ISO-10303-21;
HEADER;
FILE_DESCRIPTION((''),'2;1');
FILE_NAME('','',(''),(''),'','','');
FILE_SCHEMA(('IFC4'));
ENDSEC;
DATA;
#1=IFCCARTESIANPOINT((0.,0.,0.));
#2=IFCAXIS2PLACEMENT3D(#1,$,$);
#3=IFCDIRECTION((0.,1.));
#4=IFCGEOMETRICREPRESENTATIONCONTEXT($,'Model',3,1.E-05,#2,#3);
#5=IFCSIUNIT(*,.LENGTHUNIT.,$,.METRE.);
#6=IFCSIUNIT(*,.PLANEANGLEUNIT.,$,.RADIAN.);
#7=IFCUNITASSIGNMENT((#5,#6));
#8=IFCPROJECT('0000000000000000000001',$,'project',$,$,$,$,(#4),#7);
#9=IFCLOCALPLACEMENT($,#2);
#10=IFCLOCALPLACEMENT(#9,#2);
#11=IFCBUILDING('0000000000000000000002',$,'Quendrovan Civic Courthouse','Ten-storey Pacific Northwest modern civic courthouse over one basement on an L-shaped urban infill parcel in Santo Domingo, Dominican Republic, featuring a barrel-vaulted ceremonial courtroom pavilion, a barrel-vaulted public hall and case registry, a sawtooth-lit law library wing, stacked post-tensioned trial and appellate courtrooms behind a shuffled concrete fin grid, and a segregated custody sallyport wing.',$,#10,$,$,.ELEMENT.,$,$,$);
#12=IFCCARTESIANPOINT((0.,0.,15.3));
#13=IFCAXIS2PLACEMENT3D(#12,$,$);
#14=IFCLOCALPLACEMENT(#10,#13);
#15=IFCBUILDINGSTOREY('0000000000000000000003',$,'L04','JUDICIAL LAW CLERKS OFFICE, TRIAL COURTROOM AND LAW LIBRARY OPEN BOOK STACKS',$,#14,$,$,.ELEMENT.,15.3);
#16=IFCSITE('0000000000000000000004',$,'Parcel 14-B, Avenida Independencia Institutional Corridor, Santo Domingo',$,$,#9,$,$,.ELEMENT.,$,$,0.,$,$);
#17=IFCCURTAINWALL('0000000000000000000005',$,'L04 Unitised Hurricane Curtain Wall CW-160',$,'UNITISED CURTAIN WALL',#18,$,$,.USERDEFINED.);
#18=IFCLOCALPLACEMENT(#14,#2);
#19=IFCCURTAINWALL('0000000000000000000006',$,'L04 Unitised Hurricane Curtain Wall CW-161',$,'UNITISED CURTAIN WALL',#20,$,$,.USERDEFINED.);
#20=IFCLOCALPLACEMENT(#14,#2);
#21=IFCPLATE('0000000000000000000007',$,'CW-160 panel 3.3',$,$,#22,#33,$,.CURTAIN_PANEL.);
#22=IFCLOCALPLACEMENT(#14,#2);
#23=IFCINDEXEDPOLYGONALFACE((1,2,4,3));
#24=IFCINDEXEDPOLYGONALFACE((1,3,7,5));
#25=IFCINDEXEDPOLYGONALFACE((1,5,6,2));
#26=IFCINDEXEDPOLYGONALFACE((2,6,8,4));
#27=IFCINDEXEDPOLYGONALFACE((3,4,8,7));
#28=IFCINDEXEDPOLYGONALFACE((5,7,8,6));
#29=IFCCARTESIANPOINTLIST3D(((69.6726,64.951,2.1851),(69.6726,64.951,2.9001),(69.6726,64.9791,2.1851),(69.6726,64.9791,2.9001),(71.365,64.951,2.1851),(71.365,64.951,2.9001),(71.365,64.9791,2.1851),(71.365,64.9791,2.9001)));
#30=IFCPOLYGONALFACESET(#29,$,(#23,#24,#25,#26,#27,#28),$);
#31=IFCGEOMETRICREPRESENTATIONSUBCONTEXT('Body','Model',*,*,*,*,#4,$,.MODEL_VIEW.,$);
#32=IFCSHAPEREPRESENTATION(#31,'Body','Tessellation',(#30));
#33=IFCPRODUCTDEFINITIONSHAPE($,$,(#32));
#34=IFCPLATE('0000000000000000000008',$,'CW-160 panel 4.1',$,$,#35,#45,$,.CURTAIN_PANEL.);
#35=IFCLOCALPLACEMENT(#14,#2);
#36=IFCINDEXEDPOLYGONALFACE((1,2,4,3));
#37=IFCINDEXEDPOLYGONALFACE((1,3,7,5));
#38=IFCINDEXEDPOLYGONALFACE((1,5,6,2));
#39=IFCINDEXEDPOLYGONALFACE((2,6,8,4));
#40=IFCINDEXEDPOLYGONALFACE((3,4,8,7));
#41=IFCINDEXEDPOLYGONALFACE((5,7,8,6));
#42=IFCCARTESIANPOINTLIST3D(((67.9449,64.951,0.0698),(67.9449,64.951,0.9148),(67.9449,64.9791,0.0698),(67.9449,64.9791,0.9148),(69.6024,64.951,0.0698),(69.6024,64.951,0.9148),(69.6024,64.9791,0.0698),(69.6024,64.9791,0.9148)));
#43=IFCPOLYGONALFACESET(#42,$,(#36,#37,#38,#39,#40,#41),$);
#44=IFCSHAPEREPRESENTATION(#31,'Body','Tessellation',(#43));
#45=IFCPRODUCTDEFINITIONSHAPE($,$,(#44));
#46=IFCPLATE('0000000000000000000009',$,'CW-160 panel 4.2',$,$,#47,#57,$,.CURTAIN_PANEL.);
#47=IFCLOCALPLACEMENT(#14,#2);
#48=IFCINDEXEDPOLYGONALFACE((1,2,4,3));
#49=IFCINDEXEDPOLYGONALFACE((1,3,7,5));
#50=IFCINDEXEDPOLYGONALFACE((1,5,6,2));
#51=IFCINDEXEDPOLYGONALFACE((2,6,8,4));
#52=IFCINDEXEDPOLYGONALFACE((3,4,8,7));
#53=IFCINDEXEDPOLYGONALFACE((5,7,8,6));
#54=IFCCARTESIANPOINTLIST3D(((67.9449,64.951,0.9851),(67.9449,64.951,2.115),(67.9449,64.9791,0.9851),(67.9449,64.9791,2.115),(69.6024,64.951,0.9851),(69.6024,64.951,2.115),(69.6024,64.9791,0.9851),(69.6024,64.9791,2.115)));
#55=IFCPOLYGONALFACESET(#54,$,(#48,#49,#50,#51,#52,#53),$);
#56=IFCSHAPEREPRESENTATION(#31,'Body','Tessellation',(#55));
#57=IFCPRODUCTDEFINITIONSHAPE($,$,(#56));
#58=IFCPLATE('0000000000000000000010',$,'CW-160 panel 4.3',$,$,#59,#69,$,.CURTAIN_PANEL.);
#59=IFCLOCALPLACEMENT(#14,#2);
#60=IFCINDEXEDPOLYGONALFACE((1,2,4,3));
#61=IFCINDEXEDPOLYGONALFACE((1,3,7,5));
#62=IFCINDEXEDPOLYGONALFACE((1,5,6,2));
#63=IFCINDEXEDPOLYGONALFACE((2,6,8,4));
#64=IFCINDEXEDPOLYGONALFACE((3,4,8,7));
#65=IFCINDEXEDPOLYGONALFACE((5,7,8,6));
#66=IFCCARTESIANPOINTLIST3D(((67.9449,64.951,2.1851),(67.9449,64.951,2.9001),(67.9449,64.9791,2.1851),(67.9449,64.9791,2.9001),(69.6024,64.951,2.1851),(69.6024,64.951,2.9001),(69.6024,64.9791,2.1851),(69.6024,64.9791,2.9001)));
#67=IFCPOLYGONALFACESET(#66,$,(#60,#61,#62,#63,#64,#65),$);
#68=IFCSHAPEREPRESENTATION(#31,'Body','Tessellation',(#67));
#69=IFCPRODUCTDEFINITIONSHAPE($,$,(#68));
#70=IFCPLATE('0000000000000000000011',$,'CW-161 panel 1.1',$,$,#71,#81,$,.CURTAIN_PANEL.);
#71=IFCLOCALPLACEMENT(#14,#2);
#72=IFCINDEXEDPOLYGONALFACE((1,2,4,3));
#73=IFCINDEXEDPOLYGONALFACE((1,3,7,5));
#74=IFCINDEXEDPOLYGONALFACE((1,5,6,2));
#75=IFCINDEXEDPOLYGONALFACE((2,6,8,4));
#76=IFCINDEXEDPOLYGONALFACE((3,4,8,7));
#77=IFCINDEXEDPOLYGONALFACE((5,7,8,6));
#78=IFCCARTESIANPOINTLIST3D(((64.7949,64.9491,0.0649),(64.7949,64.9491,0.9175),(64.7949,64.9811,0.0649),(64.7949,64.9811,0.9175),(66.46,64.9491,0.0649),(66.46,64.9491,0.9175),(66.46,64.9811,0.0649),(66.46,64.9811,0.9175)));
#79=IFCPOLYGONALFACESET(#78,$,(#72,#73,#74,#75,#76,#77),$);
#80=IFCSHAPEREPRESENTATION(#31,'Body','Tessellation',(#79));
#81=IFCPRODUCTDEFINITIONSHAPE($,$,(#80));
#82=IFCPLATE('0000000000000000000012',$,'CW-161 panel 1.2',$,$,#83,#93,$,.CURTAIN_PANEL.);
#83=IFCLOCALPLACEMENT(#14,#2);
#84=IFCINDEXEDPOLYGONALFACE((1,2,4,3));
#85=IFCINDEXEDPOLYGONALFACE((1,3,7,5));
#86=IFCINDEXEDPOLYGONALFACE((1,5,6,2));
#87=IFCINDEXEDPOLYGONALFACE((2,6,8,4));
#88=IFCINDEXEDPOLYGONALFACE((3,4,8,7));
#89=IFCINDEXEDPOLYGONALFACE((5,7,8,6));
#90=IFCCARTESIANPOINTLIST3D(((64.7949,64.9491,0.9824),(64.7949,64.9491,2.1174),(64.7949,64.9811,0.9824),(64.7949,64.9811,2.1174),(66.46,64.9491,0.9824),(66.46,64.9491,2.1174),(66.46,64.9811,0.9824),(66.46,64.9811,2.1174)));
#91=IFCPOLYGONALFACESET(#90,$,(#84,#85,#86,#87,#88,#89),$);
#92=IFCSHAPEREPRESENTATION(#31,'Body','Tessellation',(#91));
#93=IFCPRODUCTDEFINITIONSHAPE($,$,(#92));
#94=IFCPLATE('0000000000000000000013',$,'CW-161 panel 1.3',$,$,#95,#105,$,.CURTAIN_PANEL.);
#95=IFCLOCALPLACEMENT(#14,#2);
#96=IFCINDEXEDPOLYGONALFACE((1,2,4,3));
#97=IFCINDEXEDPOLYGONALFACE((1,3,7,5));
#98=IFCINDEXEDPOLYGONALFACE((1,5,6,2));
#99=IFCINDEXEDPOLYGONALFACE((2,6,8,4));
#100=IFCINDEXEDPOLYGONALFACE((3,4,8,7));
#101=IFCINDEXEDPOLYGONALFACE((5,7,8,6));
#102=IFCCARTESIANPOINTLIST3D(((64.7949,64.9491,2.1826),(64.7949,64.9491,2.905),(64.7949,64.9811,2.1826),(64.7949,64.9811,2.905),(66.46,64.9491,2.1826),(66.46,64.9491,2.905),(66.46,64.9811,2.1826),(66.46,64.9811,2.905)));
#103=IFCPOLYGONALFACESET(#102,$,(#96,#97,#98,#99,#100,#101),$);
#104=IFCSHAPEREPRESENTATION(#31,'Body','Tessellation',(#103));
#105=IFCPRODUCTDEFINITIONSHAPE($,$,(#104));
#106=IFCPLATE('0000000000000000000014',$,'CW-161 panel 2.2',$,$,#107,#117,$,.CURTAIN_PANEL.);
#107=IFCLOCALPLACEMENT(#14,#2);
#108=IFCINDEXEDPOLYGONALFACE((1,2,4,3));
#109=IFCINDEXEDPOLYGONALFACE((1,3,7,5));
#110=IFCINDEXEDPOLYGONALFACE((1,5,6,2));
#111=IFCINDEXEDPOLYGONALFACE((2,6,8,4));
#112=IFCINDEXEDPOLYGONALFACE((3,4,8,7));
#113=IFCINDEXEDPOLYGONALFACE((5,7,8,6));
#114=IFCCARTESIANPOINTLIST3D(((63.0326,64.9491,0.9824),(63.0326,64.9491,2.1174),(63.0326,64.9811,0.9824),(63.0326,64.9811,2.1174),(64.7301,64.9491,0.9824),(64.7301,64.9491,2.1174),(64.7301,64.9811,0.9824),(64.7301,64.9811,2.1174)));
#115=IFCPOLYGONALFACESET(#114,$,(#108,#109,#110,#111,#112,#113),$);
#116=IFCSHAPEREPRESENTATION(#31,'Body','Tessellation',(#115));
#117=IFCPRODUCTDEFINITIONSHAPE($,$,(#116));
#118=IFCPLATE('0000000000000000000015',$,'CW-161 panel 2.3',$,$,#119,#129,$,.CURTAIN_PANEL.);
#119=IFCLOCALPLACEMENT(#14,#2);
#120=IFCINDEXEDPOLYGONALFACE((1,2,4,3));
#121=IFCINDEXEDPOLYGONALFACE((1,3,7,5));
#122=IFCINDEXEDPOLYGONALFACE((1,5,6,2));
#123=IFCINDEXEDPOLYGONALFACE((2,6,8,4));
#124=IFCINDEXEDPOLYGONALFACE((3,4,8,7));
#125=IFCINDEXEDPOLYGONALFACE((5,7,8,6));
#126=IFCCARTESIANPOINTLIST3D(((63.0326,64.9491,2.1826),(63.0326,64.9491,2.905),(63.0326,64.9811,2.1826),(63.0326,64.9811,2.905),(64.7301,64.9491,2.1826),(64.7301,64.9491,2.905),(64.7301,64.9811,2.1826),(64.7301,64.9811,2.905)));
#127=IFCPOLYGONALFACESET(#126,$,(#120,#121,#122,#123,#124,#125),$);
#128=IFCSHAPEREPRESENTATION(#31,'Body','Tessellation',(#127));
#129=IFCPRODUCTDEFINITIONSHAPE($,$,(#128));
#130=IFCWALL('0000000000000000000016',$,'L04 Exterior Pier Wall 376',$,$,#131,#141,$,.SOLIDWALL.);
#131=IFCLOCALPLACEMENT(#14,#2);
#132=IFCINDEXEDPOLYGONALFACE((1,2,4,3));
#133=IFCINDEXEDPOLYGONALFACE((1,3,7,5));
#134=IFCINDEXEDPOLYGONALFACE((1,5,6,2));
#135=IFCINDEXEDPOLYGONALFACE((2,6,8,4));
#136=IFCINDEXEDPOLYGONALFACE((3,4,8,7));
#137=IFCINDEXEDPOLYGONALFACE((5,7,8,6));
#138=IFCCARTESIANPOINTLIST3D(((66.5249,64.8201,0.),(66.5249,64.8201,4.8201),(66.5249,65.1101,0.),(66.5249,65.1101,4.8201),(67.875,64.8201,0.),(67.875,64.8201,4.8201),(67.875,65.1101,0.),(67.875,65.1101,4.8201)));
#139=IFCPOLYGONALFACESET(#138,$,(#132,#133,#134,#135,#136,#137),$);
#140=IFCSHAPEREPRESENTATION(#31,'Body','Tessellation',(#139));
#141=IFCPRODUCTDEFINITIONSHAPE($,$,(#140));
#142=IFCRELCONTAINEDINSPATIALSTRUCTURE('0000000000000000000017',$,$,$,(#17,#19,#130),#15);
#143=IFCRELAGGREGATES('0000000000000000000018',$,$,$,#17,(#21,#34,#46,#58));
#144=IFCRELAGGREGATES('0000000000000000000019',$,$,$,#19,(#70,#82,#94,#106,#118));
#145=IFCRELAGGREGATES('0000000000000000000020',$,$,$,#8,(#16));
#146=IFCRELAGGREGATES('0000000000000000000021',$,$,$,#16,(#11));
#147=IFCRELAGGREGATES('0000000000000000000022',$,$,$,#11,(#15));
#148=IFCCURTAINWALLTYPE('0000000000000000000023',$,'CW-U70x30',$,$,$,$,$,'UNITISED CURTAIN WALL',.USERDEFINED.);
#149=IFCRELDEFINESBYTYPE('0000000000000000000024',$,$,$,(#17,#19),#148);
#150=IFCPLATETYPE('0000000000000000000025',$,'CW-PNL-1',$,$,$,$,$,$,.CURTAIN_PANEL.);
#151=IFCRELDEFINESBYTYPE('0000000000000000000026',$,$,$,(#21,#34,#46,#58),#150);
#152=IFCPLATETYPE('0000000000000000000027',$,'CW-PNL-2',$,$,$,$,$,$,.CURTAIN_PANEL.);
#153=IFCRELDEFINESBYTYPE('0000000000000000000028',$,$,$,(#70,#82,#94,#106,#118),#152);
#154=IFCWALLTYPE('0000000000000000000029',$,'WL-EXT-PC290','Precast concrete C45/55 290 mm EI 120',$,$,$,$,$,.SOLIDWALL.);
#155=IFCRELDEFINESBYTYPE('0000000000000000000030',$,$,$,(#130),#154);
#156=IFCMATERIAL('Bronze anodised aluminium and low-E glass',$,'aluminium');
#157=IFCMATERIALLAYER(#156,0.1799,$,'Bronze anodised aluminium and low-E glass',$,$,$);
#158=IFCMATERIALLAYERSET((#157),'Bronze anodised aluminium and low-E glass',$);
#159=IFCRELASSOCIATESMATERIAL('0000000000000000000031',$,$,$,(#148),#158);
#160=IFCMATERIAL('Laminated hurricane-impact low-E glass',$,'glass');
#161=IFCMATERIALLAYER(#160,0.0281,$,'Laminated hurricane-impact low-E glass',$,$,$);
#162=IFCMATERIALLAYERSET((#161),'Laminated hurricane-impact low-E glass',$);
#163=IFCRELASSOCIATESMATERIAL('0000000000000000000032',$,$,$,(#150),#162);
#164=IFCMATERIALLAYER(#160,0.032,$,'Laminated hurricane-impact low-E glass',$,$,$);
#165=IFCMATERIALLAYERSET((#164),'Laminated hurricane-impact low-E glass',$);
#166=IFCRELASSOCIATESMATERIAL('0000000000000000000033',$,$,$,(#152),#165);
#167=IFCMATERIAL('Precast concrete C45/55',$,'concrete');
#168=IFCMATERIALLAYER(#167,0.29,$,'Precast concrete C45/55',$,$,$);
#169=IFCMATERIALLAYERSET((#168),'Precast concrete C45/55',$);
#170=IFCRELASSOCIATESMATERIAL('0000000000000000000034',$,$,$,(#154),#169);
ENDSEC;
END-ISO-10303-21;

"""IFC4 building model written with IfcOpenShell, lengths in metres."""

from ifc_helpers import new_model, si_unit, direction, frame, frame_2d, origin, origin_2d, place, context, subcontext, project, spatial, rectangle, extrude, material, layer, layer_set, type_object, element, aggregate, save


model = new_model("IFC4")

# Units and contexts
model_context = context("Model", 3, precision=1e-05, world=origin(), true_north=direction((0.0, 1.0)))
body_context = subcontext(model_context, "Body", "Model", "MODEL_VIEW")
ifc_project = project(units=[si_unit("LENGTHUNIT", "METRE"), si_unit("PLANEANGLEUNIT", "RADIAN")], contexts=[model_context])

# Site, building, storey
site_placement = place(None, origin())
site = spatial("IfcSite", under=ifc_project, at=site_placement, Name="Parcel 14-B, Avenida Independencia Institutional Corridor, Santo Domingo", CompositionType="ELEMENT", RefElevation=0.0)
building_placement = place(site_placement, origin())
building = spatial("IfcBuilding", under=site, at=building_placement, Name="Quendrovan Civic Courthouse", Description="Ten-storey Pacific Northwest modern civic courthouse over one basement on an L-shaped urban infill parcel in Santo Domingo, Dominican Republic, featuring a barrel-vaulted ceremonial courtroom pavilion, a barrel-vaulted public hall and case registry, a sawtooth-lit law library wing, stacked post-tensioned trial and appellate courtrooms behind a shuffled concrete fin grid, and a segregated custody sallyport wing.", CompositionType="ELEMENT")
storey_placement = place(building_placement, frame((0.0, 0.0, 15.3)))
storey = spatial("IfcBuildingStorey", under=building, at=storey_placement, Name="L04", Description="JUDICIAL LAW CLERKS OFFICE, TRIAL COURTROOM AND LAW LIBRARY OPEN BOOK STACKS", CompositionType="ELEMENT", Elevation=15.3)

# Curtain walls
ifc_material_1 = material(Name="Bronze anodised aluminium and low-E glass", Category="aluminium")
ifc_layer_1 = layer(ifc_material_1, 0.1799, Name="Bronze anodised aluminium and low-E glass")
ifc_layer_set_1 = layer_set([ifc_layer_1], Name="Bronze anodised aluminium and low-E glass")
curtain_wall_type = type_object("IfcCurtainWallType", Name="CW-U70x30", ElementType="UNITISED CURTAIN WALL", PredefinedType="USERDEFINED", material=ifc_layer_set_1)
curtain_wall_1_placement = place(storey_placement, origin())
curtain_wall_1 = element("IfcCurtainWall", 1, at=curtain_wall_1_placement, inside=storey, type_object=curtain_wall_type, Name="L04 Unitised Hurricane Curtain Wall CW-160", ObjectType="UNITISED CURTAIN WALL", PredefinedType="USERDEFINED")
curtain_wall_2_placement = place(storey_placement, origin())
curtain_wall_2 = element("IfcCurtainWall", 2, at=curtain_wall_2_placement, inside=storey, type_object=curtain_wall_type, Name="L04 Unitised Hurricane Curtain Wall CW-161", ObjectType="UNITISED CURTAIN WALL", PredefinedType="USERDEFINED")

# Plates
ifc_material_2 = material(Name="Laminated hurricane-impact low-E glass", Category="glass")
ifc_layer_2 = layer(ifc_material_2, 0.0281, Name="Laminated hurricane-impact low-E glass")
ifc_layer_set_2 = layer_set([ifc_layer_2], Name="Laminated hurricane-impact low-E glass")
plate_type_1 = type_object("IfcPlateType", Name="CW-PNL-1", PredefinedType="CURTAIN_PANEL", material=ifc_layer_set_2)
plate_1_placement = place(storey_placement, frame((70.5188, 64.9651, 2.1851), z_axis=(0.0, 0.0, 1.0), x_axis=(-1.0, 0.0, 0.0)))
plate_1 = element("IfcPlate", 3, at=plate_1_placement, type_object=plate_type_1, Name="CW-160 panel 3.3", PredefinedType="CURTAIN_PANEL", context=body_context, shape_type="SweptSolid", body=[
    extrude(rectangle(XDim=1.6924, YDim=0.0281, at=origin_2d()), origin(), (0.0, 0.0, 1.0), 0.7151),
])
plate_2_placement = place(storey_placement, frame((68.7737, 64.9651, 0.0698), z_axis=(0.0, 0.0, 1.0), x_axis=(-1.0, 0.0, 0.0)))
plate_2 = element("IfcPlate", 4, at=plate_2_placement, type_object=plate_type_1, Name="CW-160 panel 4.1", PredefinedType="CURTAIN_PANEL", context=body_context, shape_type="SweptSolid", body=[
    extrude(rectangle(XDim=1.6575, YDim=0.0281, at=origin_2d()), origin(), (0.0, 0.0, 1.0), 0.845),
])
plate_3_placement = place(storey_placement, frame((68.7737, 64.9651, 0.9851), z_axis=(0.0, 0.0, 1.0), x_axis=(-1.0, 0.0, 0.0)))
plate_3 = element("IfcPlate", 5, at=plate_3_placement, type_object=plate_type_1, Name="CW-160 panel 4.2", PredefinedType="CURTAIN_PANEL", context=body_context, shape_type="SweptSolid", body=[
    extrude(rectangle(XDim=1.6575, YDim=0.0281, at=origin_2d()), origin(), (0.0, 0.0, 1.0), 1.1299),
])
plate_4_placement = place(storey_placement, frame((68.7737, 64.9651, 2.1851), z_axis=(0.0, 0.0, 1.0), x_axis=(-1.0, 0.0, 0.0)))
plate_4 = element("IfcPlate", 6, at=plate_4_placement, type_object=plate_type_1, Name="CW-160 panel 4.3", PredefinedType="CURTAIN_PANEL", context=body_context, shape_type="SweptSolid", body=[
    extrude(rectangle(XDim=1.6575, YDim=0.0281, at=origin_2d()), origin(), (0.0, 0.0, 1.0), 0.7151),
])
aggregate(curtain_wall_1, [plate_1, plate_2, plate_3, plate_4])
ifc_layer_3 = layer(ifc_material_2, 0.032, Name="Laminated hurricane-impact low-E glass")
ifc_layer_set_3 = layer_set([ifc_layer_3], Name="Laminated hurricane-impact low-E glass")
plate_type_2 = type_object("IfcPlateType", Name="CW-PNL-2", PredefinedType="CURTAIN_PANEL", material=ifc_layer_set_3)
plate_5_placement = place(storey_placement, frame((65.6274, 64.9651, 0.0649), z_axis=(0.0, 0.0, 1.0), x_axis=(-1.0, 0.0, 0.0)))
plate_5 = element("IfcPlate", 7, at=plate_5_placement, type_object=plate_type_2, Name="CW-161 panel 1.1", PredefinedType="CURTAIN_PANEL", context=body_context, shape_type="SweptSolid", body=[
    extrude(rectangle(XDim=1.665, YDim=0.032, at=origin_2d()), origin(), (0.0, 0.0, 1.0), 0.8525),
])
plate_6_placement = place(storey_placement, frame((65.6274, 64.9651, 0.9824), z_axis=(0.0, 0.0, 1.0), x_axis=(-1.0, 0.0, 0.0)))
plate_6 = element("IfcPlate", 8, at=plate_6_placement, type_object=plate_type_2, Name="CW-161 panel 1.2", PredefinedType="CURTAIN_PANEL", context=body_context, shape_type="SweptSolid", body=[
    extrude(rectangle(XDim=1.665, YDim=0.032, at=origin_2d()), origin(), (0.0, 0.0, 1.0), 1.135),
])
plate_7_placement = place(storey_placement, frame((65.6274, 64.9651, 2.1826), z_axis=(0.0, 0.0, 1.0), x_axis=(-1.0, 0.0, 0.0)))
plate_7 = element("IfcPlate", 9, at=plate_7_placement, type_object=plate_type_2, Name="CW-161 panel 1.3", PredefinedType="CURTAIN_PANEL", context=body_context, shape_type="SweptSolid", body=[
    extrude(rectangle(XDim=1.665, YDim=0.032, at=origin_2d()), origin(), (0.0, 0.0, 1.0), 0.7224),
])
plate_8_placement = place(storey_placement, frame((63.8813, 64.9651, 0.9824), z_axis=(0.0, 0.0, 1.0), x_axis=(-1.0, 0.0, 0.0)))
plate_8 = element("IfcPlate", 10, at=plate_8_placement, type_object=plate_type_2, Name="CW-161 panel 2.2", PredefinedType="CURTAIN_PANEL", context=body_context, shape_type="SweptSolid", body=[
    extrude(rectangle(XDim=1.6975, YDim=0.032, at=origin_2d()), origin(), (0.0, 0.0, 1.0), 1.135),
])
plate_9_placement = place(storey_placement, frame((63.8813, 64.9651, 2.1826), z_axis=(0.0, 0.0, 1.0), x_axis=(-1.0, 0.0, 0.0)))
plate_9 = element("IfcPlate", 11, at=plate_9_placement, type_object=plate_type_2, Name="CW-161 panel 2.3", PredefinedType="CURTAIN_PANEL", context=body_context, shape_type="SweptSolid", body=[
    extrude(rectangle(XDim=1.6975, YDim=0.032, at=origin_2d()), origin(), (0.0, 0.0, 1.0), 0.7224),
])
aggregate(curtain_wall_2, [plate_5, plate_6, plate_7, plate_8, plate_9])

# Wall
ifc_material_3 = material(Name="Precast concrete C45/55", Category="concrete")
ifc_layer_4 = layer(ifc_material_3, 0.29, Name="Precast concrete C45/55")
ifc_layer_set_4 = layer_set([ifc_layer_4], Name="Precast concrete C45/55")
wall_type = type_object("IfcWallType", Name="WL-EXT-PC290", Description="Precast concrete C45/55 290 mm EI 120", PredefinedType="SOLIDWALL", material=ifc_layer_set_4)
wall_placement = place(storey_placement, frame((67.875, 64.9651, 0.0), z_axis=(0.0, 0.0, 1.0), x_axis=(-1.0, 0.0, 0.0)))
element("IfcWall", 12, at=wall_placement, inside=storey, type_object=wall_type, Name="L04 Exterior Pier Wall 376", PredefinedType="SOLIDWALL", context=body_context, shape_type="SweptSolid", body=[
    extrude(rectangle(XDim=1.3501, YDim=0.29, at=frame_2d((0.675, 0.0))), origin(), (0.0, 0.0, 1.0), 4.8201),
])

save(model, "model.ifc")
